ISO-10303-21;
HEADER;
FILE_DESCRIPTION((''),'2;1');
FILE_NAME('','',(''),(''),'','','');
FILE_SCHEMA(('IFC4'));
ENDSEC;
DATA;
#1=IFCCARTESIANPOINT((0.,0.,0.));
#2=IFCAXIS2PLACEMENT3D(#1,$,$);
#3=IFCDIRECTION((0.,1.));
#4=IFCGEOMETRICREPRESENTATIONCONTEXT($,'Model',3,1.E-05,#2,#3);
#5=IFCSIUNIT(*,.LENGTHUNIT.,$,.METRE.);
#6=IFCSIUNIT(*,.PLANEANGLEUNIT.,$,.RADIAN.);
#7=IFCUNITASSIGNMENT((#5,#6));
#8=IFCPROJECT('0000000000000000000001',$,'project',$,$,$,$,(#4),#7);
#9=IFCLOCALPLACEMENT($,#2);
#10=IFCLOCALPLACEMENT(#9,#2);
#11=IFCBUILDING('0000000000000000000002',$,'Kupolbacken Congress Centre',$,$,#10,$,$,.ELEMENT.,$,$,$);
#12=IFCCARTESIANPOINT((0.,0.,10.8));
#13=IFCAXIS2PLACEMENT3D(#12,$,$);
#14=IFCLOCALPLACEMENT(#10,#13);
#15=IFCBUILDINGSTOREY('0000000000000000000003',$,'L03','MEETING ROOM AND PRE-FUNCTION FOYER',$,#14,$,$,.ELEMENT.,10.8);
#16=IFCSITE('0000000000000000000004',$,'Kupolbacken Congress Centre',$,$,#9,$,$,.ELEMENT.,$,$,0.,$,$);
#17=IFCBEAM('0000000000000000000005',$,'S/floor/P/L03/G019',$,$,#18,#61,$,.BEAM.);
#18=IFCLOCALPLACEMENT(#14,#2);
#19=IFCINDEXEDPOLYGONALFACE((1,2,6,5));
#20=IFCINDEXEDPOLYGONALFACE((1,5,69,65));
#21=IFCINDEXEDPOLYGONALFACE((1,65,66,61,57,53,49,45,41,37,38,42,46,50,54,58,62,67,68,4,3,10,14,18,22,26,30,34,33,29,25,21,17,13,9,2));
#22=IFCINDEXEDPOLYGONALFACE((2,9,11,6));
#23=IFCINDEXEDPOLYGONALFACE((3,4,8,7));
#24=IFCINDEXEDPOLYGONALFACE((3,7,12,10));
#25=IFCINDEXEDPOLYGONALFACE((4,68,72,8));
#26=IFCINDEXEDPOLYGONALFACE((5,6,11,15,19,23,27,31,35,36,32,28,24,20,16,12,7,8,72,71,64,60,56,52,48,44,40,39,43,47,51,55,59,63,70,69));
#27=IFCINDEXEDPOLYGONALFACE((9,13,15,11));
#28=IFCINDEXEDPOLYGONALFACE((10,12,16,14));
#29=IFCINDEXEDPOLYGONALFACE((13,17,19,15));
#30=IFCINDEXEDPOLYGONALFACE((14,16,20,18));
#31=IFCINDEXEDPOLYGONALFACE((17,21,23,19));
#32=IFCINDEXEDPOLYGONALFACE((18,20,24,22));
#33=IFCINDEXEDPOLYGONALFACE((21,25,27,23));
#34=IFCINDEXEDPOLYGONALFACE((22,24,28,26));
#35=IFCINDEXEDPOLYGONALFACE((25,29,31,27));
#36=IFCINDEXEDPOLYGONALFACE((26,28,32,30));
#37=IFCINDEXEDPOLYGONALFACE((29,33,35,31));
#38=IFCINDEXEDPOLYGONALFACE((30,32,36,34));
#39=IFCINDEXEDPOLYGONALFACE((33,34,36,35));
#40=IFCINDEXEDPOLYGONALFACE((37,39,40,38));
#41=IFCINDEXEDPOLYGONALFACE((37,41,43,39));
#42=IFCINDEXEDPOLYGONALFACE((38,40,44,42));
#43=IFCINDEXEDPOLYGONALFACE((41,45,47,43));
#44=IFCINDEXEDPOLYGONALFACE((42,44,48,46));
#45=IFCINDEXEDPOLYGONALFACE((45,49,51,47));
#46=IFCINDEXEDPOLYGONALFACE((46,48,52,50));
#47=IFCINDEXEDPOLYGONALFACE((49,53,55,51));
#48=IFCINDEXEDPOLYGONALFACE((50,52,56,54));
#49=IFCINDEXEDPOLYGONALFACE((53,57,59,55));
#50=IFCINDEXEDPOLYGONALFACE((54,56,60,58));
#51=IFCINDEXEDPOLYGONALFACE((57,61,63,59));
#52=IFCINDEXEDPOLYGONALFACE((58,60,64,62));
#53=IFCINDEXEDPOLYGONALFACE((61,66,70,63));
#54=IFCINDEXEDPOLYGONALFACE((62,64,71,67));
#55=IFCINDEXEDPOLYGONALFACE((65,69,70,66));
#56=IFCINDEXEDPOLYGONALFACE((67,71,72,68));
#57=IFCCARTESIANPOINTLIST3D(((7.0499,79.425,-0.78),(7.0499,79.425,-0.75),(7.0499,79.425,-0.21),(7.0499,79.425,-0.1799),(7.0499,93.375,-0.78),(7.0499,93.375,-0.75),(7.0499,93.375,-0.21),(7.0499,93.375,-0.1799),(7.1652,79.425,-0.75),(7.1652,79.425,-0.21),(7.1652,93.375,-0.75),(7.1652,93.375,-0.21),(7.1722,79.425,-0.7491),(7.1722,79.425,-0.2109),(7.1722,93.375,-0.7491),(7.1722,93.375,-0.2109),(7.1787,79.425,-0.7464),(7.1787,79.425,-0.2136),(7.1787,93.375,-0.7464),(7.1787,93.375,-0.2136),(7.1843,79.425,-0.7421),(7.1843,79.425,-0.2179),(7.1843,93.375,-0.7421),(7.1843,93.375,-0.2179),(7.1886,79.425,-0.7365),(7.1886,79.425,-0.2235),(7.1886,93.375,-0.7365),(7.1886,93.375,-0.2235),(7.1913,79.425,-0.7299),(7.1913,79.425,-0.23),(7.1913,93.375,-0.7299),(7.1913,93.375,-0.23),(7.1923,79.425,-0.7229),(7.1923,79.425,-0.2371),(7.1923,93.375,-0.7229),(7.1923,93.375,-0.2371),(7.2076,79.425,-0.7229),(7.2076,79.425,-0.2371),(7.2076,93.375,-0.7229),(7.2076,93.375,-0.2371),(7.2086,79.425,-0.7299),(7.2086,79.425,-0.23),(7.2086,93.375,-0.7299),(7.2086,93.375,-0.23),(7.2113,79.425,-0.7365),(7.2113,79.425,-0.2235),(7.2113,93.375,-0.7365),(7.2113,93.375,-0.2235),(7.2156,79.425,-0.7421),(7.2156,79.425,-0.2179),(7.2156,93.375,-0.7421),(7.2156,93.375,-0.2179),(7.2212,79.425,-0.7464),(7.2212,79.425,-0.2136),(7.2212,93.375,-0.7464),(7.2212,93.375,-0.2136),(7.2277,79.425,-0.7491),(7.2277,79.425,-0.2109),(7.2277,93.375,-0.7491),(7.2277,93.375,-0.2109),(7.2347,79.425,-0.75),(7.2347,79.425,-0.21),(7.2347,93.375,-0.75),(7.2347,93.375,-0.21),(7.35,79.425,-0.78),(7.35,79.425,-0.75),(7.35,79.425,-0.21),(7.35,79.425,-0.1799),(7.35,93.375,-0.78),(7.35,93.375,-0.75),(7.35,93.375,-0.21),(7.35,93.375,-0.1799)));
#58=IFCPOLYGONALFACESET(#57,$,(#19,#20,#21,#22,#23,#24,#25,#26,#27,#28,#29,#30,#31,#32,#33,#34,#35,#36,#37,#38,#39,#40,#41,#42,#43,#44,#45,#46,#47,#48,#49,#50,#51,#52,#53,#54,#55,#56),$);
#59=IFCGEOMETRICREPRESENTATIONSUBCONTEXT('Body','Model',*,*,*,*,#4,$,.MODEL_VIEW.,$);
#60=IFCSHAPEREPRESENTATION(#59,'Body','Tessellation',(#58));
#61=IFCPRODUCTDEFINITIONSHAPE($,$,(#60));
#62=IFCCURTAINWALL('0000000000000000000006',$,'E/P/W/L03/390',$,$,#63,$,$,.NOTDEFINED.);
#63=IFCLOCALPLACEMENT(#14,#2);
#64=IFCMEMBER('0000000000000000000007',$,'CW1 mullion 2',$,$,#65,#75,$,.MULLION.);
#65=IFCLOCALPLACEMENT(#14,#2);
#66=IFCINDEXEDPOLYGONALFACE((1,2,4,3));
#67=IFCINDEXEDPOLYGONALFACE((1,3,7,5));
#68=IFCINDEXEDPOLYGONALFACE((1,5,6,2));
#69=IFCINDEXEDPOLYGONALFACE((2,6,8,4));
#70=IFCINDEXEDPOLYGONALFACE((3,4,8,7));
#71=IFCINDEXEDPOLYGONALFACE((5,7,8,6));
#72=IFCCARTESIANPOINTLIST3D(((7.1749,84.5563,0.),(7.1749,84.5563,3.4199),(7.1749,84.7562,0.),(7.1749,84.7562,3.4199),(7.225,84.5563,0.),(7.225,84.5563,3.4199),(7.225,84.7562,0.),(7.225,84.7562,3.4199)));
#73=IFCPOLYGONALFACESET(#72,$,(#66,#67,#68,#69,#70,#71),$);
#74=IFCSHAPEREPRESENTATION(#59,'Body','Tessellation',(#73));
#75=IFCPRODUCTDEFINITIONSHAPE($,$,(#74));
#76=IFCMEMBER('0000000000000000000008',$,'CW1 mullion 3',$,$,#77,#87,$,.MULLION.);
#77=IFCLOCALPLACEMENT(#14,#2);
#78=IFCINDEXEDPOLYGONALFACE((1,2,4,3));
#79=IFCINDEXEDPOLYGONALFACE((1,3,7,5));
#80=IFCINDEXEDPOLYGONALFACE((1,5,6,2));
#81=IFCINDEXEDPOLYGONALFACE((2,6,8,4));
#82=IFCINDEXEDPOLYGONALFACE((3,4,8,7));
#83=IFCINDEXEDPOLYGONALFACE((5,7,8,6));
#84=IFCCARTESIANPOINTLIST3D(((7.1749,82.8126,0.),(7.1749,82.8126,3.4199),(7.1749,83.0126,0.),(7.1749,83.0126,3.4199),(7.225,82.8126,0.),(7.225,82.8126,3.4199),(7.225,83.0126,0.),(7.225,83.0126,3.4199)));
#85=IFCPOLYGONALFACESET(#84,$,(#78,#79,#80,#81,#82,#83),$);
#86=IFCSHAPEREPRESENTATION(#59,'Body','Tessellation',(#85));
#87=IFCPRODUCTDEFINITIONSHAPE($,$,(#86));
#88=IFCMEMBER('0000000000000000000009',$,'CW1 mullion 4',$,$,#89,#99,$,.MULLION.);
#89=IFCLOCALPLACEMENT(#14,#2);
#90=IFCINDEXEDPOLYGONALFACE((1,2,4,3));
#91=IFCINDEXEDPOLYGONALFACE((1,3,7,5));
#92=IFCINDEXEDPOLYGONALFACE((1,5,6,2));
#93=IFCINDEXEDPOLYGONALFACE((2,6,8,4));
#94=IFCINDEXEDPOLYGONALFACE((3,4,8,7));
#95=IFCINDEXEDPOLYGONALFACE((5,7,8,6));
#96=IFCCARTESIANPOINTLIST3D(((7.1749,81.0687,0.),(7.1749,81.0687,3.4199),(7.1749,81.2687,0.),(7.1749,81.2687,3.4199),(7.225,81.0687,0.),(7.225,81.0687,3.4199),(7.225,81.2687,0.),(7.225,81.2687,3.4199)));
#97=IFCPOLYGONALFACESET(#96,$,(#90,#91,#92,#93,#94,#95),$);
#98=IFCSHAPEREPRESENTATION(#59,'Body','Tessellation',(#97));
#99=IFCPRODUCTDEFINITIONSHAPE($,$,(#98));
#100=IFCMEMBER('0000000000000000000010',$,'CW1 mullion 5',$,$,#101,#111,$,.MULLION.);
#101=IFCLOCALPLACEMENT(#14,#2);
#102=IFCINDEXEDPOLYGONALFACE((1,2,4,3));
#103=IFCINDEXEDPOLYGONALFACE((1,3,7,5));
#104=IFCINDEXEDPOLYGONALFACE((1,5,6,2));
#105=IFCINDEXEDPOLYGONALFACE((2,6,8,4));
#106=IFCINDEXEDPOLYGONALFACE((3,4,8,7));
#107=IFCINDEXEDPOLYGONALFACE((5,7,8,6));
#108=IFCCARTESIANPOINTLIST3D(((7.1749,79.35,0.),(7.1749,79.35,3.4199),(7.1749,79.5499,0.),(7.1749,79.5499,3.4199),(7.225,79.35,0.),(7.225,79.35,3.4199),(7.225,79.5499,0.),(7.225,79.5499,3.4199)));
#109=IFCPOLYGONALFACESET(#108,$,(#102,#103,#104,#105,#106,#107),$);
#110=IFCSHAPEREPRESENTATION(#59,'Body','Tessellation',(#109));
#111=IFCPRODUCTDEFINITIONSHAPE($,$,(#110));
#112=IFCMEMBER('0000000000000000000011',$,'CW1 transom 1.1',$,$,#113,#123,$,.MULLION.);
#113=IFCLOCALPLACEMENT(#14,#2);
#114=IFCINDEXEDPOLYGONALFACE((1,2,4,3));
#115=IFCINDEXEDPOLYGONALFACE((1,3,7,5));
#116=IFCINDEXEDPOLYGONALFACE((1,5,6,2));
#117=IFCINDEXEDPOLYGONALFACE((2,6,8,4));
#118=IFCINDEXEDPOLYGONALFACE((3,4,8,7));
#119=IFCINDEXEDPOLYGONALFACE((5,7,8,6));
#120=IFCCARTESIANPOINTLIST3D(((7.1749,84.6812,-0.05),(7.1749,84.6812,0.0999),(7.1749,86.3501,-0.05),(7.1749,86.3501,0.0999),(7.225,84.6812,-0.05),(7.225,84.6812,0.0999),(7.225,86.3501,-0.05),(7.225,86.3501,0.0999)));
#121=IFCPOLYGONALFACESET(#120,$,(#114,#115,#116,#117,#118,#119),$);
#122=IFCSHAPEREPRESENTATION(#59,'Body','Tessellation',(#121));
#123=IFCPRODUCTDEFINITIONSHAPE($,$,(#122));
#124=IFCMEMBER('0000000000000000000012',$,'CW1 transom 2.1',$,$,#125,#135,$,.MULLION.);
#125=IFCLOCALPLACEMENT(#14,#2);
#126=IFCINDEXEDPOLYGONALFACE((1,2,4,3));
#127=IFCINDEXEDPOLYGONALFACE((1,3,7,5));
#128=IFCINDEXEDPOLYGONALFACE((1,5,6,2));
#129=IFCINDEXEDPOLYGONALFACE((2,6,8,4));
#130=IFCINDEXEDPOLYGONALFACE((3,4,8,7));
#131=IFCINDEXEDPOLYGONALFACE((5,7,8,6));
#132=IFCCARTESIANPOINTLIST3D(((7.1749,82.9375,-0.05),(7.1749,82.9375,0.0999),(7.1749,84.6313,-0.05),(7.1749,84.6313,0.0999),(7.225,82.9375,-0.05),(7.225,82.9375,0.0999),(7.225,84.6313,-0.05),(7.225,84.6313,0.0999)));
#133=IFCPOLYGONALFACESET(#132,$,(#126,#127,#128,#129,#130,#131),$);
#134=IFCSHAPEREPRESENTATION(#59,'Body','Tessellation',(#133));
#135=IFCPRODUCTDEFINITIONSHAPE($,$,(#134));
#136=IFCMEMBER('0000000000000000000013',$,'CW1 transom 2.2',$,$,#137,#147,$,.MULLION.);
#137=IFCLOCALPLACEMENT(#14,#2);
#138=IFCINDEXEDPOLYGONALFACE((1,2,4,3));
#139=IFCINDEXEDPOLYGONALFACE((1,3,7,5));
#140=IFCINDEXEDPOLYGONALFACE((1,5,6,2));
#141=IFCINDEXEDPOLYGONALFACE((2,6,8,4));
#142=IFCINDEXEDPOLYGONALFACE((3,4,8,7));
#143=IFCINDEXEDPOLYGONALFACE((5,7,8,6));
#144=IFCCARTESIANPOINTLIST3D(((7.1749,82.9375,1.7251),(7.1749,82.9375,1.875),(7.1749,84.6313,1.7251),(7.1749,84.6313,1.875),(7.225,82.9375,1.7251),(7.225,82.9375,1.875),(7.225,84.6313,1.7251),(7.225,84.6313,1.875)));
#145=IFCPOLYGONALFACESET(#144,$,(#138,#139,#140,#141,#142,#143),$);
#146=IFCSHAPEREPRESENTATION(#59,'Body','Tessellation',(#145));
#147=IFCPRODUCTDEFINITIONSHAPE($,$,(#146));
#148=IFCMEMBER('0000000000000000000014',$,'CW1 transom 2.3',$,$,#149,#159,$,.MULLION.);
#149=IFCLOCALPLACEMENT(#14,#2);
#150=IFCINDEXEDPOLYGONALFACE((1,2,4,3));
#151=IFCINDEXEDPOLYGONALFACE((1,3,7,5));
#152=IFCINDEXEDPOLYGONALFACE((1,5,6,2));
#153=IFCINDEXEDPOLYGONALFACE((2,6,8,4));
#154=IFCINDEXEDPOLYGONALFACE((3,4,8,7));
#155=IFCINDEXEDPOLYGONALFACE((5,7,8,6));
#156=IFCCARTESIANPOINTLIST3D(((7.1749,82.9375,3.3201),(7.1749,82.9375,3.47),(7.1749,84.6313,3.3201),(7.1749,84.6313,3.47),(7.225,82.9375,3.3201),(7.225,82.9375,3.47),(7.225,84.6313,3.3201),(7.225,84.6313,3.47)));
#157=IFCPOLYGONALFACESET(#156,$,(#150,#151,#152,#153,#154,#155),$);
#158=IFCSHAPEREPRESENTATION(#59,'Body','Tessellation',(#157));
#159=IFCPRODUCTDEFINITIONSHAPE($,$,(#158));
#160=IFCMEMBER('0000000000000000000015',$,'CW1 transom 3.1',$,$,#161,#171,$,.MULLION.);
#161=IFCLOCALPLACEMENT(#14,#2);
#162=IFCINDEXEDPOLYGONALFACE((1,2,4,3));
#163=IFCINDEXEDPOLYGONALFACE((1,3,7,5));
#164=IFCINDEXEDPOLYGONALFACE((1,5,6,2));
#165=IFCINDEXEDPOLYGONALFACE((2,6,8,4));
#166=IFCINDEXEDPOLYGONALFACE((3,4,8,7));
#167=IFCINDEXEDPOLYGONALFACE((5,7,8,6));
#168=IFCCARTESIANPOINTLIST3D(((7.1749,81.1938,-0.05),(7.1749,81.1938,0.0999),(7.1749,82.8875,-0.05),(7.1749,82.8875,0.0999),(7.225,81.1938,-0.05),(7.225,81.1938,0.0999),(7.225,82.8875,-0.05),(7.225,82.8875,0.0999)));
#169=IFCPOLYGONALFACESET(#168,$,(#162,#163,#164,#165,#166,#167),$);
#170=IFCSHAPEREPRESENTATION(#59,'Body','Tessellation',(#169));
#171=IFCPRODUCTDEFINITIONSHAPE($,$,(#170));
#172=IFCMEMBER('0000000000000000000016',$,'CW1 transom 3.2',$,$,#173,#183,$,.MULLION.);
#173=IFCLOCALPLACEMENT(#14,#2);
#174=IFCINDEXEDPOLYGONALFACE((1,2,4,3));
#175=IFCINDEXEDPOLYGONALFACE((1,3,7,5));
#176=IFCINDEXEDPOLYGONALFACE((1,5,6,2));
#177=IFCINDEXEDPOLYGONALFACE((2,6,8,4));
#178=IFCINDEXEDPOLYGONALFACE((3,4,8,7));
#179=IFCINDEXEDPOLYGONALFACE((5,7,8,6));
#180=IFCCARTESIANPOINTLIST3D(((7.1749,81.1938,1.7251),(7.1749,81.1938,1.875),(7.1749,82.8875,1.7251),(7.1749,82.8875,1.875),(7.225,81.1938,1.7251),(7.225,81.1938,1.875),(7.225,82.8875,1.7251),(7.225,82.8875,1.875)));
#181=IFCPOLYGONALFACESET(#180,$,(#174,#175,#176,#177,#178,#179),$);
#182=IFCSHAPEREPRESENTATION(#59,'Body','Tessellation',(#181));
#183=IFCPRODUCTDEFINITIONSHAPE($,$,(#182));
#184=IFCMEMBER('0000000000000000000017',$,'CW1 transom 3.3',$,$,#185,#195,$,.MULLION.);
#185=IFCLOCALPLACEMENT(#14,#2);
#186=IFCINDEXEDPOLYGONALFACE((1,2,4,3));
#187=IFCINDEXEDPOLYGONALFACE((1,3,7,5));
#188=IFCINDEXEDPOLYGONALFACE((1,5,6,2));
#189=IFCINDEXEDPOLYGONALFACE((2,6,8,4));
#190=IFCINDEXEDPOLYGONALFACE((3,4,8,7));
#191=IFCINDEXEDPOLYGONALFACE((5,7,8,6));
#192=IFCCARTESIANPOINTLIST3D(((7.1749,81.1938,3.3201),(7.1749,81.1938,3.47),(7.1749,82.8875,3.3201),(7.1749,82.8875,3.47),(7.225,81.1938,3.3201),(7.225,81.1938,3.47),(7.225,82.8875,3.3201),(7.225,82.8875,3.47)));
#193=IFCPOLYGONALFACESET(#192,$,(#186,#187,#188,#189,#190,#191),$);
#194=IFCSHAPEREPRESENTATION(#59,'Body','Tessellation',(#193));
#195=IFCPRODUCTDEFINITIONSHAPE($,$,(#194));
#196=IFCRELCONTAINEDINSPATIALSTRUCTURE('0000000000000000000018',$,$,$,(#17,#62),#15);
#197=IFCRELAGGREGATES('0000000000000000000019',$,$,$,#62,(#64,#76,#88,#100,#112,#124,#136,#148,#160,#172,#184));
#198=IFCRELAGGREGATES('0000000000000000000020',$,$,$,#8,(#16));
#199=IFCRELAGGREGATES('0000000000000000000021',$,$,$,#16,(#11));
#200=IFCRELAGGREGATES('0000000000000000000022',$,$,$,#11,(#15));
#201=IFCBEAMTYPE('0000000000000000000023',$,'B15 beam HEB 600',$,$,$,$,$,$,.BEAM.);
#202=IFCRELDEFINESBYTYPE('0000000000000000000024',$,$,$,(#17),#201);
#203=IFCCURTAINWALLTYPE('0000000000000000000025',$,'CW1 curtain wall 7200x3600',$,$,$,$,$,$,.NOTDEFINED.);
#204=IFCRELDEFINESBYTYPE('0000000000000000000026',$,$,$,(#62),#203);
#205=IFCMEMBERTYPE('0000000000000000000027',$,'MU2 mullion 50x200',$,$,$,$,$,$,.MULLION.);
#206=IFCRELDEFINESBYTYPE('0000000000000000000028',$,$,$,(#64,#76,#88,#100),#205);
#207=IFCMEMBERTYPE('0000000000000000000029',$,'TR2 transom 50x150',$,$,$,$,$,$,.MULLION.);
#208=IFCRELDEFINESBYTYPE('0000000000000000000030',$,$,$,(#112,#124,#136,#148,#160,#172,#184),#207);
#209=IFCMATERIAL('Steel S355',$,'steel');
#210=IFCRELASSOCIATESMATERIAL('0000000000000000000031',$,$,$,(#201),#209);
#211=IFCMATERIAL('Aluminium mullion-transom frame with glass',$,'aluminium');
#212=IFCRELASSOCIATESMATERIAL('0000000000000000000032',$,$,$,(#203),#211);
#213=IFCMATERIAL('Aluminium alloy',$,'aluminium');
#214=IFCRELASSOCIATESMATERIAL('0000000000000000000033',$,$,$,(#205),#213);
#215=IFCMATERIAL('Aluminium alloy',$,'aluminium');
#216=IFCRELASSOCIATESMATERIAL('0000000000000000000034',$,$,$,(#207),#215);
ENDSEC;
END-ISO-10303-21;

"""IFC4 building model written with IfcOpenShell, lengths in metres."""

from ifc_helpers import new_model, si_unit, direction, frame, origin, origin_2d, place, context, subcontext, project, spatial, rectangle, i_section, extrude, material, material_profile, profile_set, type_object, element, aggregate, save


model = new_model("IFC4")

# Units and contexts
model_context = context("Model", 3, precision=1e-05, world=origin(), true_north=direction((0.0, 1.0)))
body_context = subcontext(model_context, "Body", "Model", "MODEL_VIEW")
ifc_project = project(units=[si_unit("LENGTHUNIT", "METRE"), si_unit("PLANEANGLEUNIT", "RADIAN")], contexts=[model_context])

# Site, building, storey
site_placement = place(None, origin())
site = spatial("IfcSite", under=ifc_project, at=site_placement, Name="Kupolbacken Congress Centre", CompositionType="ELEMENT", RefElevation=0.0)
building_placement = place(site_placement, origin())
building = spatial("IfcBuilding", under=site, at=building_placement, Name="Kupolbacken Congress Centre", CompositionType="ELEMENT")
storey_placement = place(building_placement, frame((0.0, 0.0, 10.8)))
storey = spatial("IfcBuildingStorey", under=building, at=storey_placement, Name="L03", Description="MEETING ROOM AND PRE-FUNCTION FOYER", CompositionType="ELEMENT", Elevation=10.8)

# Beam
ifc_material_1 = material(Name="Steel S355", Category="steel")
ifc_material_profile_1 = material_profile(ifc_material_1, i_section(OverallWidth=0.3, OverallDepth=0.6001, WebThickness=0.0154, FlangeThickness=0.03, FilletRadius=0.0271, at=origin_2d()), Name="HEB 600")
ifc_profile_set_1 = profile_set([ifc_material_profile_1], Name="Steel S355")
beam_type = type_object("IfcBeamType", Name="B15 beam HEB 600", PredefinedType="BEAM", material=ifc_profile_set_1)
beam_placement = place(storey_placement, frame((7.2, 79.425, -0.48), z_axis=(0.0, 1.0, 0.0), x_axis=(-1.0, 0.0, 0.0)))
element("IfcBeam", 1, at=beam_placement, inside=storey, type_object=beam_type, Name="S/floor/P/L03/G019", PredefinedType="BEAM", context=body_context, shape_type="SweptSolid", body=[
    extrude(i_section(OverallWidth=0.3, OverallDepth=0.6001, WebThickness=0.0154, FlangeThickness=0.03, FilletRadius=0.0271, at=origin_2d()), origin(), (0.0, 0.0, 1.0), 13.95),
])

# Curtain wall, members
ifc_material_2 = material(Name="Aluminium mullion-transom frame with glass", Category="aluminium")
curtain_wall_type = type_object("IfcCurtainWallType", Name="CW1 curtain wall 7200x3600", PredefinedType="NOTDEFINED", material=ifc_material_2)
curtain_wall_placement = place(storey_placement, origin())
curtain_wall = element("IfcCurtainWall", 2, at=curtain_wall_placement, inside=storey, type_object=curtain_wall_type, Name="E/P/W/L03/390", PredefinedType="NOTDEFINED")
ifc_material_3 = material(Name="Aluminium alloy", Category="aluminium")
ifc_material_profile_2 = material_profile(ifc_material_3, rectangle(XDim=0.05, YDim=0.2, at=origin_2d()), Name="50 x 200")
ifc_profile_set_2 = profile_set([ifc_material_profile_2], Name="Aluminium alloy")
member_type_1 = type_object("IfcMemberType", Name="MU2 mullion 50x200", PredefinedType="MULLION", material=ifc_profile_set_2)
member_1_placement = place(storey_placement, frame((7.2, 84.6562, 0.0), z_axis=(0.0, 0.0, 1.0), x_axis=(1.0, 0.0, 0.0)))
member_1 = element("IfcMember", 3, at=member_1_placement, type_object=member_type_1, Name="CW1 mullion 2", PredefinedType="MULLION", context=body_context, shape_type="SweptSolid", body=[
    extrude(rectangle(XDim=0.05, YDim=0.2, at=origin_2d()), origin(), (0.0, 0.0, 1.0), 3.4199),
])
member_2_placement = place(storey_placement, frame((7.2, 82.9126, 0.0), z_axis=(0.0, 0.0, 1.0), x_axis=(1.0, 0.0, 0.0)))
member_2 = element("IfcMember", 4, at=member_2_placement, type_object=member_type_1, Name="CW1 mullion 3", PredefinedType="MULLION", context=body_context, shape_type="SweptSolid", body=[
    extrude(rectangle(XDim=0.05, YDim=0.2, at=origin_2d()), origin(), (0.0, 0.0, 1.0), 3.4199),
])
member_3_placement = place(storey_placement, frame((7.2, 81.1687, 0.0), z_axis=(0.0, 0.0, 1.0), x_axis=(1.0, 0.0, 0.0)))
member_3 = element("IfcMember", 5, at=member_3_placement, type_object=member_type_1, Name="CW1 mullion 4", PredefinedType="MULLION", context=body_context, shape_type="SweptSolid", body=[
    extrude(rectangle(XDim=0.05, YDim=0.2, at=origin_2d()), origin(), (0.0, 0.0, 1.0), 3.4199),
])
member_4_placement = place(storey_placement, frame((7.2, 79.45, 0.0), z_axis=(0.0, 0.0, 1.0), x_axis=(1.0, 0.0, 0.0)))
member_4 = element("IfcMember", 6, at=member_4_placement, type_object=member_type_1, Name="CW1 mullion 5", PredefinedType="MULLION", context=body_context, shape_type="SweptSolid", body=[
    extrude(rectangle(XDim=0.05, YDim=0.2, at=origin_2d()), origin(), (0.0, 0.0, 1.0), 3.4199),
])
ifc_material_4 = material(Name="Aluminium alloy", Category="aluminium")
ifc_material_profile_3 = material_profile(ifc_material_4, rectangle(XDim=0.05, YDim=0.1499, at=origin_2d()), Name="50 x 150")
ifc_profile_set_3 = profile_set([ifc_material_profile_3], Name="Aluminium alloy")
member_type_2 = type_object("IfcMemberType", Name="TR2 transom 50x150", PredefinedType="MULLION", material=ifc_profile_set_3)
member_5_placement = place(storey_placement, frame((7.2, 86.3501, 0.0249), z_axis=(0.0, -1.0, 0.0), x_axis=(1.0, 0.0, 0.0)))
member_5 = element("IfcMember", 7, at=member_5_placement, type_object=member_type_2, Name="CW1 transom 1.1", PredefinedType="MULLION", context=body_context, shape_type="SweptSolid", body=[
    extrude(rectangle(XDim=0.05, YDim=0.1499, at=origin_2d()), origin(), (0.0, 0.0, 1.0), 1.6689),
])
member_6_placement = place(storey_placement, frame((7.2, 84.6313, 0.0249), z_axis=(0.0, -1.0, 0.0), x_axis=(1.0, 0.0, 0.0)))
member_6 = element("IfcMember", 8, at=member_6_placement, type_object=member_type_2, Name="CW1 transom 2.1", PredefinedType="MULLION", context=body_context, shape_type="SweptSolid", body=[
    extrude(rectangle(XDim=0.05, YDim=0.1499, at=origin_2d()), origin(), (0.0, 0.0, 1.0), 1.6938),
])
member_7_placement = place(storey_placement, frame((7.2, 84.6313, 1.8), z_axis=(0.0, -1.0, 0.0), x_axis=(1.0, 0.0, 0.0)))
member_7 = element("IfcMember", 9, at=member_7_placement, type_object=member_type_2, Name="CW1 transom 2.2", PredefinedType="MULLION", context=body_context, shape_type="SweptSolid", body=[
    extrude(rectangle(XDim=0.05, YDim=0.1499, at=origin_2d()), origin(), (0.0, 0.0, 1.0), 1.6938),
])
member_8_placement = place(storey_placement, frame((7.2, 84.6313, 3.395), z_axis=(0.0, -1.0, 0.0), x_axis=(1.0, 0.0, 0.0)))
member_8 = element("IfcMember", 10, at=member_8_placement, type_object=member_type_2, Name="CW1 transom 2.3", PredefinedType="MULLION", context=body_context, shape_type="SweptSolid", body=[
    extrude(rectangle(XDim=0.05, YDim=0.1499, at=origin_2d()), origin(), (0.0, 0.0, 1.0), 1.6938),
])
member_9_placement = place(storey_placement, frame((7.2, 82.8875, 0.0249), z_axis=(0.0, -1.0, 0.0), x_axis=(1.0, 0.0, 0.0)))
member_9 = element("IfcMember", 11, at=member_9_placement, type_object=member_type_2, Name="CW1 transom 3.1", PredefinedType="MULLION", context=body_context, shape_type="SweptSolid", body=[
    extrude(rectangle(XDim=0.05, YDim=0.1499, at=origin_2d()), origin(), (0.0, 0.0, 1.0), 1.6936),
])
member_10_placement = place(storey_placement, frame((7.2, 82.8875, 1.8), z_axis=(0.0, -1.0, 0.0), x_axis=(1.0, 0.0, 0.0)))
member_10 = element("IfcMember", 12, at=member_10_placement, type_object=member_type_2, Name="CW1 transom 3.2", PredefinedType="MULLION", context=body_context, shape_type="SweptSolid", body=[
    extrude(rectangle(XDim=0.05, YDim=0.1499, at=origin_2d()), origin(), (0.0, 0.0, 1.0), 1.6936),
])
member_11_placement = place(storey_placement, frame((7.2, 82.8875, 3.395), z_axis=(0.0, -1.0, 0.0), x_axis=(1.0, 0.0, 0.0)))
member_11 = element("IfcMember", 13, at=member_11_placement, type_object=member_type_2, Name="CW1 transom 3.3", PredefinedType="MULLION", context=body_context, shape_type="SweptSolid", body=[
    extrude(rectangle(XDim=0.05, YDim=0.1499, at=origin_2d()), origin(), (0.0, 0.0, 1.0), 1.6936),
])
aggregate(curtain_wall, [member_1, member_2, member_3, member_4, member_5, member_6, member_7, member_8, member_9, member_10, member_11])

save(model, "model.ifc")
